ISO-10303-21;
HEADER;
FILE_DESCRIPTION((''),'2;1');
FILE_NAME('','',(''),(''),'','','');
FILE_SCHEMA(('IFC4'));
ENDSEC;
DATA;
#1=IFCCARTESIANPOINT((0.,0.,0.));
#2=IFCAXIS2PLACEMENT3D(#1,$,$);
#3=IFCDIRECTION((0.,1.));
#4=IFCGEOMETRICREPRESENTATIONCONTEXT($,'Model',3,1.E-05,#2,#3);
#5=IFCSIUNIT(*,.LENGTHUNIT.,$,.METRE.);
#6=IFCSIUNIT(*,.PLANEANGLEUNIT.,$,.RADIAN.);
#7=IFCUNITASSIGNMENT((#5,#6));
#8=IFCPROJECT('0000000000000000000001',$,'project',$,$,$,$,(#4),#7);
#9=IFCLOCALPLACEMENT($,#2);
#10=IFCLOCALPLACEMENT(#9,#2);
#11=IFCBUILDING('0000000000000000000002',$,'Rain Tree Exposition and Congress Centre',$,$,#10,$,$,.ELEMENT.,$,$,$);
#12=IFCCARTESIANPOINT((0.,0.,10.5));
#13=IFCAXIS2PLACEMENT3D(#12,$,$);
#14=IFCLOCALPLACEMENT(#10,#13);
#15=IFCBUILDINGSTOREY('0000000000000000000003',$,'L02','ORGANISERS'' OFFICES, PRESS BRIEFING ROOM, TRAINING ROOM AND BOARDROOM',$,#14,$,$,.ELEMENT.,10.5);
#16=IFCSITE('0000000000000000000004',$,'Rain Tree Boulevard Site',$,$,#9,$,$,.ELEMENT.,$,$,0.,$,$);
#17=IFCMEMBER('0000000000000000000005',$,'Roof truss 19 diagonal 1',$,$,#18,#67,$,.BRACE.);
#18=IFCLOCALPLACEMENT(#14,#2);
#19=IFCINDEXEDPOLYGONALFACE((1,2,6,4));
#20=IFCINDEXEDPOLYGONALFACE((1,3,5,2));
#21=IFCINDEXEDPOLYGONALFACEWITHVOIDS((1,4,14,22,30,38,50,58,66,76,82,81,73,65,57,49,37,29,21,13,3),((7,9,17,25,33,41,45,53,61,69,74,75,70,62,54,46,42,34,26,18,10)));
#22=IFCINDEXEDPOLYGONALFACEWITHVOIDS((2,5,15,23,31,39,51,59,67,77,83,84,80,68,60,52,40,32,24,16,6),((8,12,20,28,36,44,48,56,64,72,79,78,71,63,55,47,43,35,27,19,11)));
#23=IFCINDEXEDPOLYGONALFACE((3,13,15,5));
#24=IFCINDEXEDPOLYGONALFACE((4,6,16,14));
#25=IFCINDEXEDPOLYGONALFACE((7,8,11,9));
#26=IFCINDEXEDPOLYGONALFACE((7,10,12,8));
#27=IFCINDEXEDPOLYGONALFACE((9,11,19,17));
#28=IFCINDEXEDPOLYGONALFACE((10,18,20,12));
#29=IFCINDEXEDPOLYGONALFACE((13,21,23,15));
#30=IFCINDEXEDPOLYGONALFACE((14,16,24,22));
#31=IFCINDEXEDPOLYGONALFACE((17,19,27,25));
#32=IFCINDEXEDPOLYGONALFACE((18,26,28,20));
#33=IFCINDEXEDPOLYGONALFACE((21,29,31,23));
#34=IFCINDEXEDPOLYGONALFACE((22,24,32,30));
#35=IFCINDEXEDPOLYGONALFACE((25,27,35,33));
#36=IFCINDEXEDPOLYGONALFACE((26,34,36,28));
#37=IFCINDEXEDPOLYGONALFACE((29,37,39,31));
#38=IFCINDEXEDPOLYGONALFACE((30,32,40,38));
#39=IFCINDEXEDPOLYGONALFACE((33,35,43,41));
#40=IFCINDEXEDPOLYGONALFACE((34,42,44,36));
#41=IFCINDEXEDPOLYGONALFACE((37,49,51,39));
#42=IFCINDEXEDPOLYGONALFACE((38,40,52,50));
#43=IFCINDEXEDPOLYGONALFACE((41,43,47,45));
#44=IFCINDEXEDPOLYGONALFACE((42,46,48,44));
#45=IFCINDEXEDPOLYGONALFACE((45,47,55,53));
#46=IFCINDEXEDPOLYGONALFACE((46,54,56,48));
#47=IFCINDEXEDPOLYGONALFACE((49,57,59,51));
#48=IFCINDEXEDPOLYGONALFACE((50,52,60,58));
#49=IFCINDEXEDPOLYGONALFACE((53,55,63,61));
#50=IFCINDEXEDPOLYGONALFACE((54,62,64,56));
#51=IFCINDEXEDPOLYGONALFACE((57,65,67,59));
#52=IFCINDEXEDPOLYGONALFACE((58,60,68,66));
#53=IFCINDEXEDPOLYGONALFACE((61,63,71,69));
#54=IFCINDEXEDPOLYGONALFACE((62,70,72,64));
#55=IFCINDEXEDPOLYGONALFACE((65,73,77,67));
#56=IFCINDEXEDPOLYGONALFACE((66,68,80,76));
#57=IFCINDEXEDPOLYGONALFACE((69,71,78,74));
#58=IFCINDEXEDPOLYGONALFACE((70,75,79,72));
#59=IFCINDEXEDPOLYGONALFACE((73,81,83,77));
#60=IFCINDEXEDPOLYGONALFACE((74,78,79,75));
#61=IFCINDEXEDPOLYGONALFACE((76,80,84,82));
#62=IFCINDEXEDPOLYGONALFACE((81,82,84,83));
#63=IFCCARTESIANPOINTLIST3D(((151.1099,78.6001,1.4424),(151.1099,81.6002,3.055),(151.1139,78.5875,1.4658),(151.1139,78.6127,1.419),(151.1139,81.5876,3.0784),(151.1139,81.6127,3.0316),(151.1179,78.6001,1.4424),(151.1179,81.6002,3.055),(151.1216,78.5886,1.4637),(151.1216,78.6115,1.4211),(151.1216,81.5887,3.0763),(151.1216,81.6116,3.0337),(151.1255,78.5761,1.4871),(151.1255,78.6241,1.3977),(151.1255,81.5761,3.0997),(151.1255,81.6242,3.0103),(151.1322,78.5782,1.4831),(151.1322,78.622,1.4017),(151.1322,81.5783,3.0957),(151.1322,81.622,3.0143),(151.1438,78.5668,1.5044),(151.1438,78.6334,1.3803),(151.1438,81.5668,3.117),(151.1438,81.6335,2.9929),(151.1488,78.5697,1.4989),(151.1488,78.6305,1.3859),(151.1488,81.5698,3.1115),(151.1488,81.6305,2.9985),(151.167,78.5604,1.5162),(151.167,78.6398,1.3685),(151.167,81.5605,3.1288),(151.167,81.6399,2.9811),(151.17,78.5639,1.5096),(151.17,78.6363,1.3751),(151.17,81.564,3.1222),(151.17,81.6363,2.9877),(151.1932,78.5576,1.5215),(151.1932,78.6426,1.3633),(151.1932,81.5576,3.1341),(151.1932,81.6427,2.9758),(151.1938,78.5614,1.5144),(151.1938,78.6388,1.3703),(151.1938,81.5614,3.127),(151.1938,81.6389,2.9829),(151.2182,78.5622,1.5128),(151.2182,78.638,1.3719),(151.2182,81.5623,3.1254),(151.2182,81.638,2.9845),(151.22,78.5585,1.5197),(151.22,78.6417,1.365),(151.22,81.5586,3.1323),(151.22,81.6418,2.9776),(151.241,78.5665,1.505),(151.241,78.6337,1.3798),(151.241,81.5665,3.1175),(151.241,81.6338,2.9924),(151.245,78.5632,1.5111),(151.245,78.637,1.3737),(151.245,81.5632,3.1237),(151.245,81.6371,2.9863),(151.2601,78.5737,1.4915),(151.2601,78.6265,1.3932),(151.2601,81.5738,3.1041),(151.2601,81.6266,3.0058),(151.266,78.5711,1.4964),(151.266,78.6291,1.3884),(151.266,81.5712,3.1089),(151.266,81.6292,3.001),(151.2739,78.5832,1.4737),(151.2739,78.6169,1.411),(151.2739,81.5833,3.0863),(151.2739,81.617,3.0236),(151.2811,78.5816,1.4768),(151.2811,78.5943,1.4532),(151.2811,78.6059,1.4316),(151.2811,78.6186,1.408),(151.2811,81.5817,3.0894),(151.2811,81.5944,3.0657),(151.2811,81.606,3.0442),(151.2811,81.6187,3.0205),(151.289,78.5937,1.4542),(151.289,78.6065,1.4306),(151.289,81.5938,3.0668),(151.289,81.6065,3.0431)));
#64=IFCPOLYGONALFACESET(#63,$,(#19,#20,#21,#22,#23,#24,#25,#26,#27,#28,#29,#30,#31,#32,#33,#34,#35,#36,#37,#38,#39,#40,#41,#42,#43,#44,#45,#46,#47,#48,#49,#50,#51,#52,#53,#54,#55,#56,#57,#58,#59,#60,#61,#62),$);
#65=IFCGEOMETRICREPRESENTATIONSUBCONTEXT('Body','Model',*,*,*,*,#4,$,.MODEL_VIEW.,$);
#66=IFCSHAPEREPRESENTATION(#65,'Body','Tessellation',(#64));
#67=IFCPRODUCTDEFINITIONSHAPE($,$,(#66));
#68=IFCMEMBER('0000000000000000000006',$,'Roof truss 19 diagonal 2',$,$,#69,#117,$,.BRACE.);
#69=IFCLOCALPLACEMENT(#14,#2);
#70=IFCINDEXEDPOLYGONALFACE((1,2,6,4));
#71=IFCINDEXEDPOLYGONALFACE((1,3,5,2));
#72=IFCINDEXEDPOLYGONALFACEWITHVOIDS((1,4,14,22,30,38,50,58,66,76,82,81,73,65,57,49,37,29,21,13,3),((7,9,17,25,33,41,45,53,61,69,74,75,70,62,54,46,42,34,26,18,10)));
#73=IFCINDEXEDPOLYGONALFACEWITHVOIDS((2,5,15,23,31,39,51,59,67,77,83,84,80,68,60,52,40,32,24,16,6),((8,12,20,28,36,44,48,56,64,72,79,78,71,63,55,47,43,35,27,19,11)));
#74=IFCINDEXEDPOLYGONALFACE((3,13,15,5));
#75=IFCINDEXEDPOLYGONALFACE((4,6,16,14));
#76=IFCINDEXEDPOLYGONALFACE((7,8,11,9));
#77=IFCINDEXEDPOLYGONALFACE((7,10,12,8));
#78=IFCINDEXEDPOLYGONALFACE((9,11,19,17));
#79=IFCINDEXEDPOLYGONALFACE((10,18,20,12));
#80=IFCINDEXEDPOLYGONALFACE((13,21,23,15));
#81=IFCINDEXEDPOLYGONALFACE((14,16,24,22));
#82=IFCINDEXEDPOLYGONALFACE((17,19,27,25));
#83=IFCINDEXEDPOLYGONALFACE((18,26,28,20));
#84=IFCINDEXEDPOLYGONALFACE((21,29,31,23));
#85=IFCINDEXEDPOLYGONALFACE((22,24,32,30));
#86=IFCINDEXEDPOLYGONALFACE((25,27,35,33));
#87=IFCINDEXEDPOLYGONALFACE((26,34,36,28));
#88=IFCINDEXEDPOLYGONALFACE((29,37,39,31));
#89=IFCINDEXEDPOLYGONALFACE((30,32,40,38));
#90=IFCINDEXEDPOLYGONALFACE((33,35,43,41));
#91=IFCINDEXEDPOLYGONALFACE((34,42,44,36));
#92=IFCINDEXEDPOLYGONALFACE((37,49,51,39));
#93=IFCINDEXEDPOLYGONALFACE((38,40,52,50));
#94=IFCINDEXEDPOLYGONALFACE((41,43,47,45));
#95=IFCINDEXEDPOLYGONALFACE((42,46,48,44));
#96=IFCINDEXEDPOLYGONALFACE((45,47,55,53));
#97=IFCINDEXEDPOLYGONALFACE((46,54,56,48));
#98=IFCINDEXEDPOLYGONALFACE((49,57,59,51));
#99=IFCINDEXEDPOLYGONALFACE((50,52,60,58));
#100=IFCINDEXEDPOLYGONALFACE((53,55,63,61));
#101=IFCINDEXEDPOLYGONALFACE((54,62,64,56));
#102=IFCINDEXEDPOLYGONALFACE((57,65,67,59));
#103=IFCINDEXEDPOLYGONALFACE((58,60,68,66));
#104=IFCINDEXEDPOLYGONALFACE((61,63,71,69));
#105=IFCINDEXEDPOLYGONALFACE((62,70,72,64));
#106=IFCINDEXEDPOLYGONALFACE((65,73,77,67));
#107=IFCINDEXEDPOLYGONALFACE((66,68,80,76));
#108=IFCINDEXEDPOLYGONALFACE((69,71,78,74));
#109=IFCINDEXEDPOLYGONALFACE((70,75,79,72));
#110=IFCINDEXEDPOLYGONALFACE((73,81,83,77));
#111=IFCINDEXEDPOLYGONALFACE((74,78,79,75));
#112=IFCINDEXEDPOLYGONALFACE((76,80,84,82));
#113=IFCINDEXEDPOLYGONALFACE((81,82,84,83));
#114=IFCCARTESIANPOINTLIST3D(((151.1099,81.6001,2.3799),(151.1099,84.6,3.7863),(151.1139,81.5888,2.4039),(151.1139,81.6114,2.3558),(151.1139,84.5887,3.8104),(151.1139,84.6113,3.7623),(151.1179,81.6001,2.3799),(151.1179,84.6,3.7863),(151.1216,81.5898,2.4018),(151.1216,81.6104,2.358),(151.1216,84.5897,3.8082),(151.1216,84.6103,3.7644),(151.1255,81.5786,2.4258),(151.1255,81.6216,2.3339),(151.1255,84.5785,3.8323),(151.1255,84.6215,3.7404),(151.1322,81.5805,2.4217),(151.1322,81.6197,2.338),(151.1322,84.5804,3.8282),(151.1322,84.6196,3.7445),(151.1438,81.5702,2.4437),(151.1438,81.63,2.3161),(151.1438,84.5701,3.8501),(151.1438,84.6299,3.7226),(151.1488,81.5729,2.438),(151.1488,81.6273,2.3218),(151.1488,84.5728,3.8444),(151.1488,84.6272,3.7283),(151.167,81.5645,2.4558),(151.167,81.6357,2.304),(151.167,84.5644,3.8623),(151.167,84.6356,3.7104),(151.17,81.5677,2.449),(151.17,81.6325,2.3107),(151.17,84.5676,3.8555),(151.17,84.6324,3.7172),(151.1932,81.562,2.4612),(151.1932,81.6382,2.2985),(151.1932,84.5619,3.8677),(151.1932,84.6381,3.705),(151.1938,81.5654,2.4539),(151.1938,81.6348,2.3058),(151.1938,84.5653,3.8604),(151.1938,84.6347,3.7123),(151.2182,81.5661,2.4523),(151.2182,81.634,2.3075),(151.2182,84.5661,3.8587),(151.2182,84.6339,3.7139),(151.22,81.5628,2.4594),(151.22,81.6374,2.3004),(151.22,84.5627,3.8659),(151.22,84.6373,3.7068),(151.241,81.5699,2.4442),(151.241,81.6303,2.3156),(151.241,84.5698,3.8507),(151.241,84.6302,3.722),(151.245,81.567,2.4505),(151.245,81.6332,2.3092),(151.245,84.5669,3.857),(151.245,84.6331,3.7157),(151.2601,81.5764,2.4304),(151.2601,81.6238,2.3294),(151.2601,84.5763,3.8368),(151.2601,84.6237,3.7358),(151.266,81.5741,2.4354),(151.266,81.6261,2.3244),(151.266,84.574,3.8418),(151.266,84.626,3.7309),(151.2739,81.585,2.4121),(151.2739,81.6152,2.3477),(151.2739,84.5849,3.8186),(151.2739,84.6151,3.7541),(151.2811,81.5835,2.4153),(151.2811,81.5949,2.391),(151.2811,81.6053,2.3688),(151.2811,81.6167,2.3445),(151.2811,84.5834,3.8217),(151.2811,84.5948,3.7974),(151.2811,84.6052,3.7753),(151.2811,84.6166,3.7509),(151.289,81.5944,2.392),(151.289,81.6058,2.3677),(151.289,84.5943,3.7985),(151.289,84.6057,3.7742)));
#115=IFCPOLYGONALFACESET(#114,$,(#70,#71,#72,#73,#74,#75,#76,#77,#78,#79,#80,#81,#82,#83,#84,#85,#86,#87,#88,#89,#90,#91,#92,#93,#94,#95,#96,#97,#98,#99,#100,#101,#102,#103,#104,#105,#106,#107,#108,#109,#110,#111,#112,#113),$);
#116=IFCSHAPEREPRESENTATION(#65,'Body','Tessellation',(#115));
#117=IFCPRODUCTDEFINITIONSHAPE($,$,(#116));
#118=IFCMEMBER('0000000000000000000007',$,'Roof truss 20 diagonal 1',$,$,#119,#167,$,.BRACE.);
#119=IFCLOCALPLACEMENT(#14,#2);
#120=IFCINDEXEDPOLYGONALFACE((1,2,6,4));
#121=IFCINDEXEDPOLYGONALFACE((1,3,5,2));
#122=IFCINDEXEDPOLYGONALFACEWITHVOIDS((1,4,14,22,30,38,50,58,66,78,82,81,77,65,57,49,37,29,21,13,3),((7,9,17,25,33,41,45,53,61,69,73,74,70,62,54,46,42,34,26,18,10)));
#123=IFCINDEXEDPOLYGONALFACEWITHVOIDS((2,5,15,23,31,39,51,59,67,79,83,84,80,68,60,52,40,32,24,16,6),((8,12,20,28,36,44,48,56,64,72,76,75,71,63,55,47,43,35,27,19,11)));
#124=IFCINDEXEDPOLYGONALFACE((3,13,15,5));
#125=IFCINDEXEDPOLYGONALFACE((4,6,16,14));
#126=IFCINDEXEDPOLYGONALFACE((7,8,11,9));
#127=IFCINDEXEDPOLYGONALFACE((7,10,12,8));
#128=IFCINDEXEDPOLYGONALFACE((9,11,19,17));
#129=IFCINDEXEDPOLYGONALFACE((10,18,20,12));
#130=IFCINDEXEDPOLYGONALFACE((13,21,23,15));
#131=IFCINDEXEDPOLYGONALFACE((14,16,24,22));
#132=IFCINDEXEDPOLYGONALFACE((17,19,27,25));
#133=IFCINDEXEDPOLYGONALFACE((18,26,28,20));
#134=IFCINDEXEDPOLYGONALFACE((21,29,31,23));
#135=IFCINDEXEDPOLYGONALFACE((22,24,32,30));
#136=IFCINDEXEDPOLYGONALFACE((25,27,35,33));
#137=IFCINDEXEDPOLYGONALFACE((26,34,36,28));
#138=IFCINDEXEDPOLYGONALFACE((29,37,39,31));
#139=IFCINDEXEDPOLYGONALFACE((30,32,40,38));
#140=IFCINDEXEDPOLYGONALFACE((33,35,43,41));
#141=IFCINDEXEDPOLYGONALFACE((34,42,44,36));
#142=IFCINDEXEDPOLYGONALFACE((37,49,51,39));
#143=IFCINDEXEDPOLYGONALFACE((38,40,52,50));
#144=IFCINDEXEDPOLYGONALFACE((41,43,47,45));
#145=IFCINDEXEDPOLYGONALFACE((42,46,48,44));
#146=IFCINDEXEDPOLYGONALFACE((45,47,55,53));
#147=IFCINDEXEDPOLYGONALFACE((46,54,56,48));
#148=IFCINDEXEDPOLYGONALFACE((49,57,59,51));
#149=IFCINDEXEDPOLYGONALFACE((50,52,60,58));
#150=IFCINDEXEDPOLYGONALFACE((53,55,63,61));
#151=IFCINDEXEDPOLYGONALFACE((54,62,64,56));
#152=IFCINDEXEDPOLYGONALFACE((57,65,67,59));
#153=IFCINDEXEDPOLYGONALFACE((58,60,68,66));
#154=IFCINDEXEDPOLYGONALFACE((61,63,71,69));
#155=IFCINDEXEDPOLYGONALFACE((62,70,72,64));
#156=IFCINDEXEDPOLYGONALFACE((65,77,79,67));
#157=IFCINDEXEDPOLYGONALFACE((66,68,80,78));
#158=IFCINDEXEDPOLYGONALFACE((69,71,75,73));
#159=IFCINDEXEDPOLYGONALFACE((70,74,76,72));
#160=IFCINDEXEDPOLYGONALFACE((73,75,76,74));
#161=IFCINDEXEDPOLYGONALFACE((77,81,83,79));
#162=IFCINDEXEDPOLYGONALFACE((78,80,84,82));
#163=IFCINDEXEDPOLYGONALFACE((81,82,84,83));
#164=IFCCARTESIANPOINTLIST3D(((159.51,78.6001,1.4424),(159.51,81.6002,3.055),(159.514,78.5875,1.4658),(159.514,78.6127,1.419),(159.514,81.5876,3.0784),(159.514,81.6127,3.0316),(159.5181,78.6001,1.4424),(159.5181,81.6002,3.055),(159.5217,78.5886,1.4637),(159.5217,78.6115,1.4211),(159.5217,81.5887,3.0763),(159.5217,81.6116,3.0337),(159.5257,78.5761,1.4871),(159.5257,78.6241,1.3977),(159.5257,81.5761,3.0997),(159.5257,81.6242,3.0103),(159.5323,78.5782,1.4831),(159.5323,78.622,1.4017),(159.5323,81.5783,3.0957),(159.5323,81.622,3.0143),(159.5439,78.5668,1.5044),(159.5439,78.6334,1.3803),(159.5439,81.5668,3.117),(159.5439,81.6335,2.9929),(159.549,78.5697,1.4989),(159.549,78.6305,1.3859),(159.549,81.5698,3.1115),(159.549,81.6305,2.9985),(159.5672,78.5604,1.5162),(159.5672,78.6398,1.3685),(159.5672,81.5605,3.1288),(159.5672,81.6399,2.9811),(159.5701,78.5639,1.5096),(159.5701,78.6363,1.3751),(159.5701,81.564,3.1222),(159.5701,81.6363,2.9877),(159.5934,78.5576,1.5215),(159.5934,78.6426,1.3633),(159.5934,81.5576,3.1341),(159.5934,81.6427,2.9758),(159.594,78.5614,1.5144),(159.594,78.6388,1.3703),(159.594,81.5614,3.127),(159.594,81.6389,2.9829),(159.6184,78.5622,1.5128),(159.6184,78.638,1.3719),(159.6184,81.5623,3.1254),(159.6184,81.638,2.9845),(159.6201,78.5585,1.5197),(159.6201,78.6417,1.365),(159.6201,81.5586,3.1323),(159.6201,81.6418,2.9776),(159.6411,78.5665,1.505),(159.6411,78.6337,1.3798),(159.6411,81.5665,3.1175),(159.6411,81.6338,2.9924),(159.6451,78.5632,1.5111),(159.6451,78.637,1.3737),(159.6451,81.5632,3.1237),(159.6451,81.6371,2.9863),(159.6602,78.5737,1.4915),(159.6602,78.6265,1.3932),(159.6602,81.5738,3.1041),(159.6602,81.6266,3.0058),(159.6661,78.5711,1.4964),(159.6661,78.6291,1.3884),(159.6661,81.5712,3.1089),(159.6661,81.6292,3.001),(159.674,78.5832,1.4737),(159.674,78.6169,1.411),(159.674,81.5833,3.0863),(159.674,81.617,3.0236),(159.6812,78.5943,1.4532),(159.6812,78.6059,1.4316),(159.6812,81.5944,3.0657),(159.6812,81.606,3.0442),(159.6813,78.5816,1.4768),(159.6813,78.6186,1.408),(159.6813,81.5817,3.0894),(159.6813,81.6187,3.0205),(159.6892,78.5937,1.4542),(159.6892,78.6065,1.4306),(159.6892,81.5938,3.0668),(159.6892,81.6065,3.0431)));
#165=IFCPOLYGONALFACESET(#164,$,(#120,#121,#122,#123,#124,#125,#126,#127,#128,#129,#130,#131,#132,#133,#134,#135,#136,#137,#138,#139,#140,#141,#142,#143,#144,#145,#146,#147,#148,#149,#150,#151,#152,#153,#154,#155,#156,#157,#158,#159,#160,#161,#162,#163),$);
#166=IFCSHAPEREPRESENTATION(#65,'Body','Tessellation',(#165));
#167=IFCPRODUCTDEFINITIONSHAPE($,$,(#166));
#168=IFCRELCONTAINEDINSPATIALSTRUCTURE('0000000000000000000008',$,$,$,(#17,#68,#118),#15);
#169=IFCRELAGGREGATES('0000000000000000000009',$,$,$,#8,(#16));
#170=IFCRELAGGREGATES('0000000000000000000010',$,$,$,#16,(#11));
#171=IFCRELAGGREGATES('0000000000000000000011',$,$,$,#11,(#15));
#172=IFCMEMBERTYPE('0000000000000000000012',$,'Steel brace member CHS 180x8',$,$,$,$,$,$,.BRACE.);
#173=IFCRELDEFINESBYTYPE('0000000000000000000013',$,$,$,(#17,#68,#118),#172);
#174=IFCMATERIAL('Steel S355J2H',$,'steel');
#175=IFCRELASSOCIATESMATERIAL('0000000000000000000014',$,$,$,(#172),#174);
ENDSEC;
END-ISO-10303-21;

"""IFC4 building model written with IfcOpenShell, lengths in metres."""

from ifc_helpers import new_model, si_unit, direction, frame, origin, origin_2d, place, context, subcontext, project, spatial, hollow_circle, extrude, material, material_profile, profile_set, type_object, element, save


model = new_model("IFC4")

# Units and contexts
model_context = context("Model", 3, precision=1e-05, world=origin(), true_north=direction((0.0, 1.0)))
body_context = subcontext(model_context, "Body", "Model", "MODEL_VIEW")
ifc_project = project(units=[si_unit("LENGTHUNIT", "METRE"), si_unit("PLANEANGLEUNIT", "RADIAN")], contexts=[model_context])

# Site, building, storey
site_placement = place(None, origin())
site = spatial("IfcSite", under=ifc_project, at=site_placement, Name="Rain Tree Boulevard Site", CompositionType="ELEMENT", RefElevation=0.0)
building_placement = place(site_placement, origin())
building = spatial("IfcBuilding", under=site, at=building_placement, Name="Rain Tree Exposition and Congress Centre", CompositionType="ELEMENT")
storey_placement = place(building_placement, frame((0.0, 0.0, 10.5)))
storey = spatial("IfcBuildingStorey", under=building, at=storey_placement, Name="L02", Description="ORGANISERS' OFFICES, PRESS BRIEFING ROOM, TRAINING ROOM AND BOARDROOM", CompositionType="ELEMENT", Elevation=10.5)

# Members
ifc_material_1 = material(Name="Steel S355J2H", Category="steel")
ifc_material_profile_1 = material_profile(ifc_material_1, hollow_circle(Radius=0.0901, WallThickness=0.0081, at=origin_2d()), Name="CHS 180x8")
ifc_profile_set_1 = profile_set([ifc_material_profile_1], Name="Steel S355J2H")
member_type_1 = type_object("IfcMemberType", Name="Steel brace member CHS 180x8", PredefinedType="BRACE", material=ifc_profile_set_1)
member_1_placement = place(storey_placement, frame((151.2, 78.6001, 1.4424), z_axis=(0.0, 0.880818, 0.473454), x_axis=(-1.0, 0.0, 0.0)))
element("IfcMember", 1, at=member_1_placement, inside=storey, type_object=member_type_1, Name="Roof truss 19 diagonal 1", PredefinedType="BRACE", context=body_context, shape_type="SweptSolid", body=[
    extrude(hollow_circle(Radius=0.0901, WallThickness=0.0081, at=origin_2d()), origin(), (0.0, 0.0, 1.0), 3.406),
])
member_2_placement = place(storey_placement, frame((151.2, 81.6001, 2.3799), z_axis=(0.0, 0.905431, 0.424494), x_axis=(-1.0, 0.0, 0.0)))
element("IfcMember", 2, at=member_2_placement, inside=storey, type_object=member_type_1, Name="Roof truss 19 diagonal 2", PredefinedType="BRACE", context=body_context, shape_type="SweptSolid", body=[
    extrude(hollow_circle(Radius=0.0901, WallThickness=0.0081, at=origin_2d()), origin(), (0.0, 0.0, 1.0), 3.3132),
])
for number, where, z_axis, x_axis, name in (
    (3, (159.6001, 78.6001, 1.4424), (0.0, 0.880818, 0.473454), (-1.0, 0.0, 0.0), "Roof truss 20 diagonal 1"),
):
    element("IfcMember", number, at=place(storey_placement, frame(where, z_axis=z_axis, x_axis=x_axis)), inside=storey, type_object=member_type_1, Name=name, PredefinedType="BRACE", context=body_context, shape_type="SweptSolid", body=[
        extrude(hollow_circle(Radius=0.0901, WallThickness=0.0081, at=origin_2d()), origin(), (0.0, 0.0, 1.0), 3.406),
    ])

save(model, "model.ifc")
